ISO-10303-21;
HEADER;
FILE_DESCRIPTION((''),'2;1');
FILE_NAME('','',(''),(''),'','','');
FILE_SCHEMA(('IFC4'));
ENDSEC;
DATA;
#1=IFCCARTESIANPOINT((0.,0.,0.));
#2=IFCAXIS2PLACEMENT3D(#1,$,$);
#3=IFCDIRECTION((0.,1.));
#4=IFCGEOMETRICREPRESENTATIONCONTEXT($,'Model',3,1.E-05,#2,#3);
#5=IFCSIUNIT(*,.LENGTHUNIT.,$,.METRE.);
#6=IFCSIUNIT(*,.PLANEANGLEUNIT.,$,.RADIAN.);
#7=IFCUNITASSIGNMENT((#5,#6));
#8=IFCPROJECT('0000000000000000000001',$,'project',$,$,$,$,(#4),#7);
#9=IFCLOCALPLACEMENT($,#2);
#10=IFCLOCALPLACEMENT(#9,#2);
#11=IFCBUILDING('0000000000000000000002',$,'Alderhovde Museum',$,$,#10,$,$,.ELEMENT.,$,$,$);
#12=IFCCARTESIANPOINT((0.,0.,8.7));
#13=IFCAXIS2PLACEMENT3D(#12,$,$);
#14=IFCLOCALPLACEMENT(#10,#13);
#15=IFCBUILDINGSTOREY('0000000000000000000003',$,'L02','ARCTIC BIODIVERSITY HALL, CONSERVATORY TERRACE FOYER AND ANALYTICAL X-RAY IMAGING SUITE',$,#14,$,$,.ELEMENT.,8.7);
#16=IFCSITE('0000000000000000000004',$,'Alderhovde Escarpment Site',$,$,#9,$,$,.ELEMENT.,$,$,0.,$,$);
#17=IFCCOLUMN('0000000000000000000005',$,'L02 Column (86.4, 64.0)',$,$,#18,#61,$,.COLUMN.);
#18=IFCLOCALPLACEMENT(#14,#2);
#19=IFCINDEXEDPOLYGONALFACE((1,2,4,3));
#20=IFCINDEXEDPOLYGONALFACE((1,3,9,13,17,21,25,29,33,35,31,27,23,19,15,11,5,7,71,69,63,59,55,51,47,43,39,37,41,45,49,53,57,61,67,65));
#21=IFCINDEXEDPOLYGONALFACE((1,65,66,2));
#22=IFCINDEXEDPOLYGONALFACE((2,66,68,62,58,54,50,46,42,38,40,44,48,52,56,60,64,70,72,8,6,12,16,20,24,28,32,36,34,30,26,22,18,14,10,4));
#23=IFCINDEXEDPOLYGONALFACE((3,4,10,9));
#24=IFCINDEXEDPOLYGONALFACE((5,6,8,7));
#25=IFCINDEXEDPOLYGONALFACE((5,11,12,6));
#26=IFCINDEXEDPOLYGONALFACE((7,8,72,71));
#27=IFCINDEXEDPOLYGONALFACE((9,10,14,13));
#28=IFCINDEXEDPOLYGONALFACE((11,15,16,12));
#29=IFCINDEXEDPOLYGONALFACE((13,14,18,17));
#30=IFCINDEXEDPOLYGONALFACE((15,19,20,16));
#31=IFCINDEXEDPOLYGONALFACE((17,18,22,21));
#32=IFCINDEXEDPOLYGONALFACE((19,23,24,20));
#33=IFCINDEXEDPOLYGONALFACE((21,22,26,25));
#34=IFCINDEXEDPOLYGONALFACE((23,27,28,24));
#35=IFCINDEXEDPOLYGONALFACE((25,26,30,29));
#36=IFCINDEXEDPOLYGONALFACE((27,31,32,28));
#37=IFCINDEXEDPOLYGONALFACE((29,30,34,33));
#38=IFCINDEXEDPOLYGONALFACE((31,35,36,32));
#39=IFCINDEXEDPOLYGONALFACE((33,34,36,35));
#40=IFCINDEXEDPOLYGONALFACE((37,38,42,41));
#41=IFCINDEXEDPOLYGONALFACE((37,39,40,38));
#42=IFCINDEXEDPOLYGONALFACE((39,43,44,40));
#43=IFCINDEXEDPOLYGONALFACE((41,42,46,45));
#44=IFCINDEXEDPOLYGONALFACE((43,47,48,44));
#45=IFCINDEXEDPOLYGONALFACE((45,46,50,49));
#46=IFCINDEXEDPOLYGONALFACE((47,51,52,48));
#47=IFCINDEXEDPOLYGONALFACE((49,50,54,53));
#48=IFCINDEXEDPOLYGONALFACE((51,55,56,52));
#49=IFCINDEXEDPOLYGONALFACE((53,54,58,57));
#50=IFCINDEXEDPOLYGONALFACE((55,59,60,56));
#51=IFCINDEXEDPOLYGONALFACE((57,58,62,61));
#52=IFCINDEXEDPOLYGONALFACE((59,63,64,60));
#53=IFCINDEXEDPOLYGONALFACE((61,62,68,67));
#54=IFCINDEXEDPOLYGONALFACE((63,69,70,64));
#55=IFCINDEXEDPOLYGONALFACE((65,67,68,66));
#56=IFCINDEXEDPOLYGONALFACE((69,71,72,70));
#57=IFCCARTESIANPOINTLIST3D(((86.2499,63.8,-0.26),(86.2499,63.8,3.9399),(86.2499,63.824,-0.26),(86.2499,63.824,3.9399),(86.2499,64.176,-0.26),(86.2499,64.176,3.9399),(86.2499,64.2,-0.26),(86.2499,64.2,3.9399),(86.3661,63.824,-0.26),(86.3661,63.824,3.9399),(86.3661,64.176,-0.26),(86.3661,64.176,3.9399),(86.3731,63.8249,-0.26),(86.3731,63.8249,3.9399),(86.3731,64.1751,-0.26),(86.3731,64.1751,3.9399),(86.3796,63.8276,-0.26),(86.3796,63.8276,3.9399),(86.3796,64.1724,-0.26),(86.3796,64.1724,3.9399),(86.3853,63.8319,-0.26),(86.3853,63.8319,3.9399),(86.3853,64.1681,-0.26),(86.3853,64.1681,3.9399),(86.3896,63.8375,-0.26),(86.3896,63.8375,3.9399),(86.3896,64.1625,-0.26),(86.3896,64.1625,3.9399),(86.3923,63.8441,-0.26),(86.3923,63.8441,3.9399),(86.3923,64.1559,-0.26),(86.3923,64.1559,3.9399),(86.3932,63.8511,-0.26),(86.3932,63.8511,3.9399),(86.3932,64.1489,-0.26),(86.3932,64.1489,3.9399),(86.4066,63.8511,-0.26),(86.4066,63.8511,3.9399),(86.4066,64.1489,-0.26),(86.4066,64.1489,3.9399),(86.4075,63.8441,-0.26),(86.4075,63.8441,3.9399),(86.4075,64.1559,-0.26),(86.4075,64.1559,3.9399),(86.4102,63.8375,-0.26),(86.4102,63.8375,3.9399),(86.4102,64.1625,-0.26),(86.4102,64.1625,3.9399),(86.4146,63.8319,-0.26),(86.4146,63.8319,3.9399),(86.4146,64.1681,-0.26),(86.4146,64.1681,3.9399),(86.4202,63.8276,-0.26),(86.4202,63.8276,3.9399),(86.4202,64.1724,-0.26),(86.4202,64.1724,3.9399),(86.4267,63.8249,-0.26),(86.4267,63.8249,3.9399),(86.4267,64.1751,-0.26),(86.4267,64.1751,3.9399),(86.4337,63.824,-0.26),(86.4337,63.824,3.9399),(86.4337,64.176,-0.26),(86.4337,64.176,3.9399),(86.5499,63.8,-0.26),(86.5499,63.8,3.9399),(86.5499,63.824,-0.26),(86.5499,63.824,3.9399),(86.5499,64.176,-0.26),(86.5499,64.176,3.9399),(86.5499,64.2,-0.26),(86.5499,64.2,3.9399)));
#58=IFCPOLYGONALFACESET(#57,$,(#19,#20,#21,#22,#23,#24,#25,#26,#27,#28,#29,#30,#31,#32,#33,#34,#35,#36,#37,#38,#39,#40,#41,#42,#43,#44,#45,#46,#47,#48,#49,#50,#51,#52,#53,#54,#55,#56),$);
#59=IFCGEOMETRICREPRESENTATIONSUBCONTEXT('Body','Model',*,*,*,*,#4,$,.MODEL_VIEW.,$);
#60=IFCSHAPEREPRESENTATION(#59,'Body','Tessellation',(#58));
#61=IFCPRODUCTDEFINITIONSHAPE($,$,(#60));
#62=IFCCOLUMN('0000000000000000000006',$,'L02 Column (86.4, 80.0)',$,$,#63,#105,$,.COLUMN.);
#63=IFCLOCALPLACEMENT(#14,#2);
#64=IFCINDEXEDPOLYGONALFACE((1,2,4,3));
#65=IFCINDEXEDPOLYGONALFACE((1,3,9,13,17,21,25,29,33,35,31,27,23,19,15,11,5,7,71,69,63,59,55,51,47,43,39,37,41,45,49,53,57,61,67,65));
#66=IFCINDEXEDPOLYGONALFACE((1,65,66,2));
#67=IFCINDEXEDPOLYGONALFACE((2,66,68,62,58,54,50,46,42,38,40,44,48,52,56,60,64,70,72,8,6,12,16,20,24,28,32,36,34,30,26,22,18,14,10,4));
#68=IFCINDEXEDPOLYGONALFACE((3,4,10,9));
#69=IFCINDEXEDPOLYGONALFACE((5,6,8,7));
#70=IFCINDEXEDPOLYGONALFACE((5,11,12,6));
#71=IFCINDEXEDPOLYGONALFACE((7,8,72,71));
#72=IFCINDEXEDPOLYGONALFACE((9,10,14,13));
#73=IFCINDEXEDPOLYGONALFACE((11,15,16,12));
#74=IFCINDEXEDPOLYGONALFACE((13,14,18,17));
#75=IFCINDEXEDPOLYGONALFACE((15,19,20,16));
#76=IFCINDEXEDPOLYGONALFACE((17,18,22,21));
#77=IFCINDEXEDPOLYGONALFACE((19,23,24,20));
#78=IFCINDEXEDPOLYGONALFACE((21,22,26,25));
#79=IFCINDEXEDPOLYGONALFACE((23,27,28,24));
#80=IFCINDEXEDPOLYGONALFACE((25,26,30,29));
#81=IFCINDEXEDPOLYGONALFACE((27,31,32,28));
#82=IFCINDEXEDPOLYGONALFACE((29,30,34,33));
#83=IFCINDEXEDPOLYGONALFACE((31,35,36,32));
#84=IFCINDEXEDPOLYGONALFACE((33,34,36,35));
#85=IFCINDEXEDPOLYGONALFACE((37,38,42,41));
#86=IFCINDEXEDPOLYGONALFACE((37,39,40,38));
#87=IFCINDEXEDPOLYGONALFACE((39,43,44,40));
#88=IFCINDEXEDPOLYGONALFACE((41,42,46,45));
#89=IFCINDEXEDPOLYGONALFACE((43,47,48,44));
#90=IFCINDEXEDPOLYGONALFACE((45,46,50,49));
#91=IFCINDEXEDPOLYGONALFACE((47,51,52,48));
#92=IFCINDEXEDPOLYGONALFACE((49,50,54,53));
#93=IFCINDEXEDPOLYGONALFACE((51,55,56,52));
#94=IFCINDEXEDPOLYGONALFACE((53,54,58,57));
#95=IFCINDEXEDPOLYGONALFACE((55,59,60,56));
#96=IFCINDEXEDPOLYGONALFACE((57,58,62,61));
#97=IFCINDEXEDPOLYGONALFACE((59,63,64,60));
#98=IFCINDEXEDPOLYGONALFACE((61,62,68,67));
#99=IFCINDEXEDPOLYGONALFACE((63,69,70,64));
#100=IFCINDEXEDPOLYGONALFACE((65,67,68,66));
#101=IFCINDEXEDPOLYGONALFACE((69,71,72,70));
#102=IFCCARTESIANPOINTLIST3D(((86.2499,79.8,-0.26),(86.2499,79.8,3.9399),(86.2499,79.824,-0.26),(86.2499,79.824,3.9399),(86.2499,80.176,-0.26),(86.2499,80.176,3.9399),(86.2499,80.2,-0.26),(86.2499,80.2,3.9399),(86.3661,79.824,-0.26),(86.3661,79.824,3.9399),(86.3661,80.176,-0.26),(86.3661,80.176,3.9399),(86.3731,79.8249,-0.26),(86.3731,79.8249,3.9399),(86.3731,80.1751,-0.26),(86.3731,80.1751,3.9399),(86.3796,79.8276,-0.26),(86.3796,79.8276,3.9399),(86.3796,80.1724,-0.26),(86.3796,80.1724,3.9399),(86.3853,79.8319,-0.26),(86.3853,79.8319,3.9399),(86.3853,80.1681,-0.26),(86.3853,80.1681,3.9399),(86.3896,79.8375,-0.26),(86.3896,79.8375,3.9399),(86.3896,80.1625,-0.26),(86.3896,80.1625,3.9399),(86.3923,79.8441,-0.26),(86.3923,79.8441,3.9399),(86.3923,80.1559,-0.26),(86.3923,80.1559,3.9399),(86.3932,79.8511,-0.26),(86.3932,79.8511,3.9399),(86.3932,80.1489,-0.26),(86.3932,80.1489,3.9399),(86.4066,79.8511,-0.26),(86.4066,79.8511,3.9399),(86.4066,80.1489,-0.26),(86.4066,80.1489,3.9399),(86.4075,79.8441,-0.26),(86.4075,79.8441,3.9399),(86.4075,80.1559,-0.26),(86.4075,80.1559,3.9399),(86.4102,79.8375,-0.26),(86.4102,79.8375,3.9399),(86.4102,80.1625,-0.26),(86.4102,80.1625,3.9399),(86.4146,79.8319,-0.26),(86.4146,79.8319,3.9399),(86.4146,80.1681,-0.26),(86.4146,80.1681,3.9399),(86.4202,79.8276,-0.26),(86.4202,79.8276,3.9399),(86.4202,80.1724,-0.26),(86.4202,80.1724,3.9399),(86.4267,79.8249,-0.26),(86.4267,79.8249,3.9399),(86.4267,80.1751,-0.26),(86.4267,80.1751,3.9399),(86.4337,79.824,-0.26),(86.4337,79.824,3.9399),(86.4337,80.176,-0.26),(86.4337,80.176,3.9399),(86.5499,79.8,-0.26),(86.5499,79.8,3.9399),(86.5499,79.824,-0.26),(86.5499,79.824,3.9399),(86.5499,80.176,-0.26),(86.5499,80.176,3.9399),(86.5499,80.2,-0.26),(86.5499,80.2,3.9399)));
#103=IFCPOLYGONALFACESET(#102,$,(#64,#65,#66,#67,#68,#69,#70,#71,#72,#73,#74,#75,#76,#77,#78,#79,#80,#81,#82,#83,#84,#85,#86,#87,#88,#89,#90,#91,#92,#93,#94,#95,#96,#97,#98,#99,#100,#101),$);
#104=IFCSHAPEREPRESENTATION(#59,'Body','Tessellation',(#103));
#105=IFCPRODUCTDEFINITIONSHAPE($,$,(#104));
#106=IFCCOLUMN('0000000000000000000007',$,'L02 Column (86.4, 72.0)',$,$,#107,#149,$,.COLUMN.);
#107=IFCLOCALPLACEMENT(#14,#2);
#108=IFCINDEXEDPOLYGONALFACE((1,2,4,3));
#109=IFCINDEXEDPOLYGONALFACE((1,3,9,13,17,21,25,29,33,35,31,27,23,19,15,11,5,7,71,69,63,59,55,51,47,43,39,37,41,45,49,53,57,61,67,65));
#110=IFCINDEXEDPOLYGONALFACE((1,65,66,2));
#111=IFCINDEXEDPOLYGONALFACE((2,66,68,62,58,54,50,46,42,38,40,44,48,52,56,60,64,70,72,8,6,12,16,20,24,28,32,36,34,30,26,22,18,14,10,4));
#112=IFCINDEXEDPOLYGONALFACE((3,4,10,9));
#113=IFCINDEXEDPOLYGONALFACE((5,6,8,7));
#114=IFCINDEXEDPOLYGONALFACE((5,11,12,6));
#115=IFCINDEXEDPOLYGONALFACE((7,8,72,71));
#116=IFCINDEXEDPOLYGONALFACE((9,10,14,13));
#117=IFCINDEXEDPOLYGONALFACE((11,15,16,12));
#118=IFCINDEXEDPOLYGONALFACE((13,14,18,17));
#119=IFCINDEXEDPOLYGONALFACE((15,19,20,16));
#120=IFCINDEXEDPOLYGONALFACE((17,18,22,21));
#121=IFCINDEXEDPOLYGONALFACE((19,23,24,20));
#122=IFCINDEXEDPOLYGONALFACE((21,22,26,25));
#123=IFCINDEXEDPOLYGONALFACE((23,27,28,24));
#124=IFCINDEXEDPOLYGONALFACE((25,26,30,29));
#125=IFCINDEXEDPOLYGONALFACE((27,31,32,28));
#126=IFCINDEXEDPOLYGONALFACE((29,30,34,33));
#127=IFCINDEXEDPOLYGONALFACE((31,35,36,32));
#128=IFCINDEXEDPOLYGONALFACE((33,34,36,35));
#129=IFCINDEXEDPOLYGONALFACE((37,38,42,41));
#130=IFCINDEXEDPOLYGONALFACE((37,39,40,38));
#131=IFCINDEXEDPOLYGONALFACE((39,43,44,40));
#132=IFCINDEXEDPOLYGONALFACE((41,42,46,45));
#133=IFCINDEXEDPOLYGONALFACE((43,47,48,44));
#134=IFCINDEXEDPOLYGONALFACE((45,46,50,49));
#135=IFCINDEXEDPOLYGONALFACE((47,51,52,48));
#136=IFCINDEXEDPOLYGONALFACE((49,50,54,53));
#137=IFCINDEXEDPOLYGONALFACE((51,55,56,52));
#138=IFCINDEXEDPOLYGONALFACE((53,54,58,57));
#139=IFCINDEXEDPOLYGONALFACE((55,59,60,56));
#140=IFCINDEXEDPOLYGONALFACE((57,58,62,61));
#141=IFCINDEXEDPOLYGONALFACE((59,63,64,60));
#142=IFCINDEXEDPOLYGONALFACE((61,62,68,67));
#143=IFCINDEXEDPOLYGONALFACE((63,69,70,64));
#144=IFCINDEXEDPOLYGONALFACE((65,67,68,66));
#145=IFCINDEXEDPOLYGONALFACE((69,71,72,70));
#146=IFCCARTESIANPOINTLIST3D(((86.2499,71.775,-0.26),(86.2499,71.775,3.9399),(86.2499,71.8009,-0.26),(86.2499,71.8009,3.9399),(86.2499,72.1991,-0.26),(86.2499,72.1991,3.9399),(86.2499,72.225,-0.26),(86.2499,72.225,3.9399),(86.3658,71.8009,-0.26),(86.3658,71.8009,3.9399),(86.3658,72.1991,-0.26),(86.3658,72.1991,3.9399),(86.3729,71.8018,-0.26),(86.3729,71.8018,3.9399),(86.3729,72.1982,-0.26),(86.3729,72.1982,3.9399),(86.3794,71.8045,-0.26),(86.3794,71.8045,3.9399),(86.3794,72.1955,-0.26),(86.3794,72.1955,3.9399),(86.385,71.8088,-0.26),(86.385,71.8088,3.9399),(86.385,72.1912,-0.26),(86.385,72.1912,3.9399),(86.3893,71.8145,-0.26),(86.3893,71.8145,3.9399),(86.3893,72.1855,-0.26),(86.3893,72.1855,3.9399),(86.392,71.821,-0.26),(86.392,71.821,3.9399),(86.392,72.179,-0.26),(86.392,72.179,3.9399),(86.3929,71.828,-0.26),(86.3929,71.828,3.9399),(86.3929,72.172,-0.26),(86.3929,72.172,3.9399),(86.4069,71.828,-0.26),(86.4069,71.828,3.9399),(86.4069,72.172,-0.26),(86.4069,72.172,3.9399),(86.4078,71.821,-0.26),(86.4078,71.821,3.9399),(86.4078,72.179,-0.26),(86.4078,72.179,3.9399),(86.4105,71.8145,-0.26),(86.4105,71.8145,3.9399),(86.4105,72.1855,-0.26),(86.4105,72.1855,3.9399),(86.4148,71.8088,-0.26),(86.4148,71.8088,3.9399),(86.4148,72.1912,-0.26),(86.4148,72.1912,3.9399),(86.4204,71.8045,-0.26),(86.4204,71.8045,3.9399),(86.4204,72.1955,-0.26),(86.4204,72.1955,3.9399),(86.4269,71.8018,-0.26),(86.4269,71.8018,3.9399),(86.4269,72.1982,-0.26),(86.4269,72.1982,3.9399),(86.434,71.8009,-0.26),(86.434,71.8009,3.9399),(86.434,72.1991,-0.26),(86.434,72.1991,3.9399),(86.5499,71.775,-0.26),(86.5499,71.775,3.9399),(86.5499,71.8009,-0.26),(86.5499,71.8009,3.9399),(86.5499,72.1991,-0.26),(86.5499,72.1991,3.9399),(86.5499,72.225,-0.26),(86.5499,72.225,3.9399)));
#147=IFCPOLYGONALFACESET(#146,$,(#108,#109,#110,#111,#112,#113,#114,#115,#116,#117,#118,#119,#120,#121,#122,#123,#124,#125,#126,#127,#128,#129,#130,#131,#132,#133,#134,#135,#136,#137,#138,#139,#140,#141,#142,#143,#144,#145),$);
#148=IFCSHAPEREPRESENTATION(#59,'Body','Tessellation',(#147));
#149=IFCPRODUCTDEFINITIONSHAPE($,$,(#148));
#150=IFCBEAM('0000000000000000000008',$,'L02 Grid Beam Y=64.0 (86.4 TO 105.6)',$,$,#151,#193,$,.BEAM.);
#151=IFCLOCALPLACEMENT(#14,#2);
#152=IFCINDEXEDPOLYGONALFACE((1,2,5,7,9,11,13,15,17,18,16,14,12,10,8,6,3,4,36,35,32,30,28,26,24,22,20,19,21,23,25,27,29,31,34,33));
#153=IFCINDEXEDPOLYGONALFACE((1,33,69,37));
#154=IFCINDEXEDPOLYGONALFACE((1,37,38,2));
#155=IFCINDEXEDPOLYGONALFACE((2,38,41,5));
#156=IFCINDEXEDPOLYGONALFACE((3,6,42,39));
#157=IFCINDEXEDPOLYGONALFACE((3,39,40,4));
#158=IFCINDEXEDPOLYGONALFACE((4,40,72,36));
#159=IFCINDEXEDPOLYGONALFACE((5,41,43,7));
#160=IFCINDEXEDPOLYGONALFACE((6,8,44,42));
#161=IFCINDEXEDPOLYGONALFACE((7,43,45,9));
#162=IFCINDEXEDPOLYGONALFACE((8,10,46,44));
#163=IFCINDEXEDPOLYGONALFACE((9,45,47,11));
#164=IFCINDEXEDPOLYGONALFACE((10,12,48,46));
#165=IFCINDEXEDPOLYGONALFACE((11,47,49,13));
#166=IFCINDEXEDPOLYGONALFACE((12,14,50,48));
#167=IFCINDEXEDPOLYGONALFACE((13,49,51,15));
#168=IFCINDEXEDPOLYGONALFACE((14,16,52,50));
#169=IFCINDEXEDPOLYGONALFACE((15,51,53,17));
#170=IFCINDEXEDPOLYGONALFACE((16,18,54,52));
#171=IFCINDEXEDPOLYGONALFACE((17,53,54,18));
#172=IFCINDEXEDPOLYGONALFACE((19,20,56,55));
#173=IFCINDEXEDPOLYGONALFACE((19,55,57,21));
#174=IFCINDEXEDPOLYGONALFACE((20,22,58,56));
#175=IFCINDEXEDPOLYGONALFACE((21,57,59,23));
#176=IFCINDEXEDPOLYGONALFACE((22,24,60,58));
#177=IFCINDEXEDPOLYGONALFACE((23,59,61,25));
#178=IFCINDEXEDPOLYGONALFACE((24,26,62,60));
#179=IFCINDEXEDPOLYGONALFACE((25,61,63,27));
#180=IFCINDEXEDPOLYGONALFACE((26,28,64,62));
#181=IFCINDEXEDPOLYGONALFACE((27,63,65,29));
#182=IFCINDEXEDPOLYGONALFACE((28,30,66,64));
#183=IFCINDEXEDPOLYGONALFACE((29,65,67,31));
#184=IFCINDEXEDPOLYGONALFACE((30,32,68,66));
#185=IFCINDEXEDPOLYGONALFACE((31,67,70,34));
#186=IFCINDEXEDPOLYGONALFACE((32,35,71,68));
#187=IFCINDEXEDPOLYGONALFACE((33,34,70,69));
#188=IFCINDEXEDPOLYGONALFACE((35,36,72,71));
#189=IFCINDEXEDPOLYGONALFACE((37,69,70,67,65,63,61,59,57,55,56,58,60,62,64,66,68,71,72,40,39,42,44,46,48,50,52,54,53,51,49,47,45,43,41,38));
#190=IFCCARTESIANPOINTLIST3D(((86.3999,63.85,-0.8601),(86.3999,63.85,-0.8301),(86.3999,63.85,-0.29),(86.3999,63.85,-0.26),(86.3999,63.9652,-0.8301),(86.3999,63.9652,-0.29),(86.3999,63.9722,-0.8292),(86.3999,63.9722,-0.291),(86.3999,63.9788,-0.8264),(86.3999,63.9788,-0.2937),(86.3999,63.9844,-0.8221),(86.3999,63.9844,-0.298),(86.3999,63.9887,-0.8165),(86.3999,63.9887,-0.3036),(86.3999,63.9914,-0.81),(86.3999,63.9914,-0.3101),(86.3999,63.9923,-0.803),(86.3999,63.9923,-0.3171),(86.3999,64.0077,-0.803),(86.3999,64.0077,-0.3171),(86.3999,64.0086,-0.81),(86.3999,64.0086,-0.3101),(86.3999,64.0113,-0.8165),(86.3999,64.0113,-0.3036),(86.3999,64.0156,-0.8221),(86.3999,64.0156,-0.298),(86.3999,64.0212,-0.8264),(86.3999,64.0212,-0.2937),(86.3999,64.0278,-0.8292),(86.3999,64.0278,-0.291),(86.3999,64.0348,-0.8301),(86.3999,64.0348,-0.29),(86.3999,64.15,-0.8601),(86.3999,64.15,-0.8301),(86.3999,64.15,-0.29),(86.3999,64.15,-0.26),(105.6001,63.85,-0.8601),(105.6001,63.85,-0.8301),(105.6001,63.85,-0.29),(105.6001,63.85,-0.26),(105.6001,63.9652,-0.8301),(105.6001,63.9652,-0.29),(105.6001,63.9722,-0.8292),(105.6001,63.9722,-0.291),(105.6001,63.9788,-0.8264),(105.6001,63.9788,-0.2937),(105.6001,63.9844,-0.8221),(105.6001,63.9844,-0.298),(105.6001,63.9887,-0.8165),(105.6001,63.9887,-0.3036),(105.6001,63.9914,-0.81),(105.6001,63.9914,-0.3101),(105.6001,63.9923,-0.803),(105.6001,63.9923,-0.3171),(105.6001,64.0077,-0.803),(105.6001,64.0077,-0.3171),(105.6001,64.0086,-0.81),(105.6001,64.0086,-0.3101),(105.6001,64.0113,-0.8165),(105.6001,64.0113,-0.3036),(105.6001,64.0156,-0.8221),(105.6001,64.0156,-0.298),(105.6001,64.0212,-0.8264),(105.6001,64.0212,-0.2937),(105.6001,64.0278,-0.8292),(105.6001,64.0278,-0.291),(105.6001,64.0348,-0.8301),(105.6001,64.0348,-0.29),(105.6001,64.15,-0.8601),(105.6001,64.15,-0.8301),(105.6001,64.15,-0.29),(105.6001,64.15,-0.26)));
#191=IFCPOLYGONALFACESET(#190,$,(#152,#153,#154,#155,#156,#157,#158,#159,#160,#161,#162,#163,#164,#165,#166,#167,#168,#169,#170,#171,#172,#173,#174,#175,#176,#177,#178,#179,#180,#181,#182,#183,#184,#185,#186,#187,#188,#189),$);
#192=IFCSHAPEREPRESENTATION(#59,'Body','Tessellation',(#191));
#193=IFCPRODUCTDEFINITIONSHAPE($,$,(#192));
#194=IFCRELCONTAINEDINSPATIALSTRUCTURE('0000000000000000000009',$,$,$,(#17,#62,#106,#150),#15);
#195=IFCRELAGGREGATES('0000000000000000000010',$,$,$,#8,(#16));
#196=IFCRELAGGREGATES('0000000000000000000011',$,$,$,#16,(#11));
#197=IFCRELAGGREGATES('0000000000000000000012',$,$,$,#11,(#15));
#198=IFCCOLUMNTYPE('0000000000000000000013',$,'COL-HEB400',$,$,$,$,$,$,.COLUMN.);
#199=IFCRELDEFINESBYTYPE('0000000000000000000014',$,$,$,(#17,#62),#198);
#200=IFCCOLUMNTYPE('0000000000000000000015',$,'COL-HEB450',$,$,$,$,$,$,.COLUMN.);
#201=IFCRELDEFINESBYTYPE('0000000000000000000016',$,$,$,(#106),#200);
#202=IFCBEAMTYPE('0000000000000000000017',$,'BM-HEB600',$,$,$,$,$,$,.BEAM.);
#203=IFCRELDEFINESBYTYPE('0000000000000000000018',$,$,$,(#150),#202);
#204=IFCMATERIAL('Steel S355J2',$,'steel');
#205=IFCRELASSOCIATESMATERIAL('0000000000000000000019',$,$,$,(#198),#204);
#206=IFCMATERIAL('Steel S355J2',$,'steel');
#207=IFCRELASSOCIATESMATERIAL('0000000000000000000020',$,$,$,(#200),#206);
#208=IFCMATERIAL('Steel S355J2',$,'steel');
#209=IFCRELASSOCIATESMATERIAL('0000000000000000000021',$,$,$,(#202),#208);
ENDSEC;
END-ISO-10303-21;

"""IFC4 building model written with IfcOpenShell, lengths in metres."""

from ifc_helpers import new_model, si_unit, direction, frame, origin, origin_2d, place, context, subcontext, project, spatial, i_section, extrude, material, material_profile, profile_set, type_object, element, save


model = new_model("IFC4")

# Units and contexts
model_context = context("Model", 3, precision=1e-05, world=origin(), true_north=direction((0.0, 1.0)))
body_context = subcontext(model_context, "Body", "Model", "MODEL_VIEW")
ifc_project = project(units=[si_unit("LENGTHUNIT", "METRE"), si_unit("PLANEANGLEUNIT", "RADIAN")], contexts=[model_context])

# Site, building, storey
site_placement = place(None, origin())
site = spatial("IfcSite", under=ifc_project, at=site_placement, Name="Alderhovde Escarpment Site", CompositionType="ELEMENT", RefElevation=0.0)
building_placement = place(site_placement, origin())
building = spatial("IfcBuilding", under=site, at=building_placement, Name="Alderhovde Museum", CompositionType="ELEMENT")
storey_placement = place(building_placement, frame((0.0, 0.0, 8.7)))
storey = spatial("IfcBuildingStorey", under=building, at=storey_placement, Name="L02", Description="ARCTIC BIODIVERSITY HALL, CONSERVATORY TERRACE FOYER AND ANALYTICAL X-RAY IMAGING SUITE", CompositionType="ELEMENT", Elevation=8.7)

# Columns
ifc_material_1 = material(Name="Steel S355J2", Category="steel")
ifc_material_profile_1 = material_profile(ifc_material_1, i_section(OverallWidth=0.3, OverallDepth=0.3999, WebThickness=0.0134, FlangeThickness=0.0239, FilletRadius=0.0271, at=origin_2d()), Name="HEB 400")
ifc_profile_set_1 = profile_set([ifc_material_profile_1], Name="Steel S355J2")
column_type_1 = type_object("IfcColumnType", Name="COL-HEB400", PredefinedType="COLUMN", material=ifc_profile_set_1)
for number, where, z_axis, x_axis, name in (
    (1, (86.3999, 64.0, -0.26), (0.0, 0.0, 1.0), (1.0, 0.0, 0.0), "L02 Column (86.4, 64.0)"),
    (2, (86.3999, 80.0, -0.26), (0.0, 0.0, 1.0), (1.0, 0.0, 0.0), "L02 Column (86.4, 80.0)"),
):
    element("IfcColumn", number, at=place(storey_placement, frame(where, z_axis=z_axis, x_axis=x_axis)), inside=storey, type_object=column_type_1, Name=name, PredefinedType="COLUMN", context=body_context, shape_type="SweptSolid", body=[
        extrude(i_section(OverallWidth=0.3, OverallDepth=0.3999, WebThickness=0.0134, FlangeThickness=0.0239, FilletRadius=0.0271, at=origin_2d()), origin(), (0.0, 0.0, 1.0), 4.2),
    ])
ifc_material_2 = material(Name="Steel S355J2", Category="steel")
ifc_material_profile_2 = material_profile(ifc_material_2, i_section(OverallWidth=0.3, OverallDepth=0.45, WebThickness=0.0139, FlangeThickness=0.0259, FilletRadius=0.0271, at=origin_2d()), Name="HEB 450")
ifc_profile_set_2 = profile_set([ifc_material_profile_2], Name="Steel S355J2")
column_type_2 = type_object("IfcColumnType", Name="COL-HEB450", PredefinedType="COLUMN", material=ifc_profile_set_2)
column_placement = place(storey_placement, frame((86.3999, 72.0, -0.26), z_axis=(0.0, 0.0, 1.0), x_axis=(1.0, 0.0, 0.0)))
element("IfcColumn", 3, at=column_placement, inside=storey, type_object=column_type_2, Name="L02 Column (86.4, 72.0)", PredefinedType="COLUMN", context=body_context, shape_type="SweptSolid", body=[
    extrude(i_section(OverallWidth=0.3, OverallDepth=0.45, WebThickness=0.0139, FlangeThickness=0.0259, FilletRadius=0.0271, at=origin_2d()), origin(), (0.0, 0.0, 1.0), 4.2),
])

# Beam
ifc_material_3 = material(Name="Steel S355J2", Category="steel")
ifc_material_profile_3 = material_profile(ifc_material_3, i_section(OverallWidth=0.3, OverallDepth=0.6001, WebThickness=0.0154, FlangeThickness=0.03, FilletRadius=0.0271, at=origin_2d()), Name="HEB 600")
ifc_profile_set_3 = profile_set([ifc_material_profile_3], Name="Steel S355J2")
beam_type_1 = type_object("IfcBeamType", Name="BM-HEB600", PredefinedType="BEAM", material=ifc_profile_set_3)
beam_1_placement = place(storey_placement, frame((86.3999, 64.0, -0.5601), z_axis=(1.0, 0.0, 0.0), x_axis=(0.0, 1.0, 0.0)))
element("IfcBeam", 4, at=beam_1_placement, inside=storey, type_object=beam_type_1, Name="L02 Grid Beam Y=64.0 (86.4 TO 105.6)", PredefinedType="BEAM", context=body_context, shape_type="SweptSolid", body=[
    extrude(i_section(OverallWidth=0.3, OverallDepth=0.6001, WebThickness=0.0154, FlangeThickness=0.03, FilletRadius=0.0271, at=origin_2d()), origin(), (0.0, 0.0, 1.0), 19.2002),
])

save(model, "model.ifc")
